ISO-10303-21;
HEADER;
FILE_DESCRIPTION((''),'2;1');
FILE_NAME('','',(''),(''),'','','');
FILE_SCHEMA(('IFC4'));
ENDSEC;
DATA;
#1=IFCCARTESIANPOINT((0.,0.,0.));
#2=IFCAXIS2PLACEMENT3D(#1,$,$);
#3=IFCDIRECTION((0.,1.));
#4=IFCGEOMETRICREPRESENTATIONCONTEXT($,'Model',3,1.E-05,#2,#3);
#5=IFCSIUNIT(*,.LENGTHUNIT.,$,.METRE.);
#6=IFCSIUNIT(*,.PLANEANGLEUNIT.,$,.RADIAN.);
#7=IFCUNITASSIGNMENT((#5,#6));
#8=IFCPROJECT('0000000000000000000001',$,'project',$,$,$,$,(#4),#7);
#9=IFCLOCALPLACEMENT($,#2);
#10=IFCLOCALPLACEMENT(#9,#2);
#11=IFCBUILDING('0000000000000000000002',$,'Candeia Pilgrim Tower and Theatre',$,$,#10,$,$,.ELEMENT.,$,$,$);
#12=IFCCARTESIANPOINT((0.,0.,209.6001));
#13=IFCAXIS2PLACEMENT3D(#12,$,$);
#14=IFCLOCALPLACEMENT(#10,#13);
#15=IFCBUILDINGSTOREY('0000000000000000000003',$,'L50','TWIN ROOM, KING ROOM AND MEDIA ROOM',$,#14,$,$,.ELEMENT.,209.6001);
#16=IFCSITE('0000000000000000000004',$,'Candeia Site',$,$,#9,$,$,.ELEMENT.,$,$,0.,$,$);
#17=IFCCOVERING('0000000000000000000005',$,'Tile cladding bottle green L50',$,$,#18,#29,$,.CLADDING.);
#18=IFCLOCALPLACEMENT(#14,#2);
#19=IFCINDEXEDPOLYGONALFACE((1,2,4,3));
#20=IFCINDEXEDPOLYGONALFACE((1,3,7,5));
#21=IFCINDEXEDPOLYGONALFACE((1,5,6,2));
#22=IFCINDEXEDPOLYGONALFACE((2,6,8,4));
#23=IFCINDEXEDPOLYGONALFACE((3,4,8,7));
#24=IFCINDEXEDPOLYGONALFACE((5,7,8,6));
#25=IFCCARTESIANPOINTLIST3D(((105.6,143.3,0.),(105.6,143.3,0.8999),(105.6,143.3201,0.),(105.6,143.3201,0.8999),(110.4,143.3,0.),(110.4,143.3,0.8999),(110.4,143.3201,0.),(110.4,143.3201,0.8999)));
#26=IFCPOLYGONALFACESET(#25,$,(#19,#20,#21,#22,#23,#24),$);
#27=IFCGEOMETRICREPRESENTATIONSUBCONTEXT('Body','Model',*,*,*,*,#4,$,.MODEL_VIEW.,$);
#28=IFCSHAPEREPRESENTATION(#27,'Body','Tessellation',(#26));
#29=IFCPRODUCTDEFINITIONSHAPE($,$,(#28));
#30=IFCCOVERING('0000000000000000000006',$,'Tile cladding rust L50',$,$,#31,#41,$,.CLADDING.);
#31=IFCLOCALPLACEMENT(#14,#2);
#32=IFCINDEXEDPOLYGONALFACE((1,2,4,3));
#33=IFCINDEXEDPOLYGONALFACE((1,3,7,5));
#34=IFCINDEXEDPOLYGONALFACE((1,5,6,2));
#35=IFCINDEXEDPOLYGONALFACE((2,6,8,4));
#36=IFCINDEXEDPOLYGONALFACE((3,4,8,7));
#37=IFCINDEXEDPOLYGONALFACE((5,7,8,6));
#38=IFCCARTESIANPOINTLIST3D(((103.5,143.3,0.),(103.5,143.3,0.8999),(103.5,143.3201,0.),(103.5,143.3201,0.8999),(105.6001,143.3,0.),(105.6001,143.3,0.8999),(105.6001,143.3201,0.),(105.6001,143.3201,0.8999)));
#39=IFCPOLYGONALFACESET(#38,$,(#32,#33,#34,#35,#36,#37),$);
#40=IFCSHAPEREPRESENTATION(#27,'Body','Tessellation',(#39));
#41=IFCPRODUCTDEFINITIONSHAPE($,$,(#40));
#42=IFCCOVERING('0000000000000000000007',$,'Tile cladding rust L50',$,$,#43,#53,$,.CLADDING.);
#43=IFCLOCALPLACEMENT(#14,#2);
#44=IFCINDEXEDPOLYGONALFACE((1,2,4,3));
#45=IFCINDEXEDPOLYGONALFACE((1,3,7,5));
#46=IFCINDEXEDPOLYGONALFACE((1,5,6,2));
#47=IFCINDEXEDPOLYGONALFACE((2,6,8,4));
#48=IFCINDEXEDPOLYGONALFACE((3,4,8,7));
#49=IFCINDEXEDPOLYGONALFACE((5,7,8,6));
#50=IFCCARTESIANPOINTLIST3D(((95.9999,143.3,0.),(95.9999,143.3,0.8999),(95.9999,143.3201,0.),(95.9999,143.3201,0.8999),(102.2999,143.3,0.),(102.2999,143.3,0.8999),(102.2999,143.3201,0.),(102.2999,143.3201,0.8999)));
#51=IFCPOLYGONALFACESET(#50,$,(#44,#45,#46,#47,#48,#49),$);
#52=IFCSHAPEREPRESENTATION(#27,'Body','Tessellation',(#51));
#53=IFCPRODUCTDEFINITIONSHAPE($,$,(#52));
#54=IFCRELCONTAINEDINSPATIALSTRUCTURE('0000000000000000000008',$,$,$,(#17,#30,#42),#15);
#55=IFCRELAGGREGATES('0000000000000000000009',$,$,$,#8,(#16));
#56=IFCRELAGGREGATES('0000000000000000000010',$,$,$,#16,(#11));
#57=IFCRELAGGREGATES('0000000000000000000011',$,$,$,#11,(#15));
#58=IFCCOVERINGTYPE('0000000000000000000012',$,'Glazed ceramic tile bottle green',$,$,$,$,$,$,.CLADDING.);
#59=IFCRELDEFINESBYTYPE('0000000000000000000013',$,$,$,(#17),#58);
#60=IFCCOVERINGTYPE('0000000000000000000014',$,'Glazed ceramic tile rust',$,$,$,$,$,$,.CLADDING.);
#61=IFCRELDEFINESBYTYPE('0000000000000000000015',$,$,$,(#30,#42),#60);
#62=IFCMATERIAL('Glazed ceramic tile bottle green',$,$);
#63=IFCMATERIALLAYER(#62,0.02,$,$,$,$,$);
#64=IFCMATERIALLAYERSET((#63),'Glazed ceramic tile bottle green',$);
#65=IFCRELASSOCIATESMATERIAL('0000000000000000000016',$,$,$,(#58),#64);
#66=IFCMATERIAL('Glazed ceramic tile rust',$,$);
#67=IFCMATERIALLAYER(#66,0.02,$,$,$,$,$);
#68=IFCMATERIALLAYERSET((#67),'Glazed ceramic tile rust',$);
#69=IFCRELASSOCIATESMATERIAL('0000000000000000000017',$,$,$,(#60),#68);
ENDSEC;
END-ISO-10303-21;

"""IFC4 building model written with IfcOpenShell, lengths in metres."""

from ifc_helpers import new_model, si_unit, direction, frame, origin, origin_2d, place, context, subcontext, project, spatial, rectangle, extrude, material, layer, layer_set, type_object, element, save


model = new_model("IFC4")

# Units and contexts
model_context = context("Model", 3, precision=1e-05, world=origin(), true_north=direction((0.0, 1.0)))
body_context = subcontext(model_context, "Body", "Model", "MODEL_VIEW")
ifc_project = project(units=[si_unit("LENGTHUNIT", "METRE"), si_unit("PLANEANGLEUNIT", "RADIAN")], contexts=[model_context])

# Site, building, storey
site_placement = place(None, origin())
site = spatial("IfcSite", under=ifc_project, at=site_placement, Name="Candeia Site", CompositionType="ELEMENT", RefElevation=0.0)
building_placement = place(site_placement, origin())
building = spatial("IfcBuilding", under=site, at=building_placement, Name="Candeia Pilgrim Tower and Theatre", CompositionType="ELEMENT")
storey_placement = place(building_placement, frame((0.0, 0.0, 209.6001)))
storey = spatial("IfcBuildingStorey", under=building, at=storey_placement, Name="L50", Description="TWIN ROOM, KING ROOM AND MEDIA ROOM", CompositionType="ELEMENT", Elevation=209.6001)

# Coverings
ifc_material_1 = material(Name="Glazed ceramic tile bottle green")
ifc_layer_1 = layer(ifc_material_1, 0.02)
ifc_layer_set_1 = layer_set([ifc_layer_1], Name="Glazed ceramic tile bottle green")
covering_type_1 = type_object("IfcCoveringType", Name="Glazed ceramic tile bottle green", PredefinedType="CLADDING", material=ifc_layer_set_1)
covering_1_placement = place(storey_placement, frame((108.0, 143.3101, 0.0), z_axis=(0.0, 0.0, 1.0), x_axis=(-1.0, 0.0, 0.0)))
element("IfcCovering", 1, at=covering_1_placement, inside=storey, type_object=covering_type_1, Name="Tile cladding bottle green L50", PredefinedType="CLADDING", context=body_context, shape_type="SweptSolid", body=[
    extrude(rectangle(XDim=4.8, YDim=0.02, at=origin_2d()), origin(), (0.0, 0.0, 1.0), 0.8999),
])
ifc_material_2 = material(Name="Glazed ceramic tile rust")
ifc_layer_2 = layer(ifc_material_2, 0.02)
ifc_layer_set_2 = layer_set([ifc_layer_2], Name="Glazed ceramic tile rust")
covering_type_2 = type_object("IfcCoveringType", Name="Glazed ceramic tile rust", PredefinedType="CLADDING", material=ifc_layer_set_2)
covering_2_placement = place(storey_placement, frame((104.55, 143.3101, 0.0), z_axis=(0.0, 0.0, 1.0), x_axis=(-1.0, 0.0, 0.0)))
element("IfcCovering", 2, at=covering_2_placement, inside=storey, type_object=covering_type_2, Name="Tile cladding rust L50", PredefinedType="CLADDING", context=body_context, shape_type="SweptSolid", body=[
    extrude(rectangle(XDim=2.1001, YDim=0.02, at=origin_2d()), origin(), (0.0, 0.0, 1.0), 0.8999),
])
covering_3_placement = place(storey_placement, frame((99.1499, 143.3101, 0.0), z_axis=(0.0, 0.0, 1.0), x_axis=(-1.0, 0.0, 0.0)))
element("IfcCovering", 3, at=covering_3_placement, inside=storey, type_object=covering_type_2, Name="Tile cladding rust L50", PredefinedType="CLADDING", context=body_context, shape_type="SweptSolid", body=[
    extrude(rectangle(XDim=6.3, YDim=0.02, at=origin_2d()), origin(), (0.0, 0.0, 1.0), 0.8999),
])

save(model, "model.ifc")
